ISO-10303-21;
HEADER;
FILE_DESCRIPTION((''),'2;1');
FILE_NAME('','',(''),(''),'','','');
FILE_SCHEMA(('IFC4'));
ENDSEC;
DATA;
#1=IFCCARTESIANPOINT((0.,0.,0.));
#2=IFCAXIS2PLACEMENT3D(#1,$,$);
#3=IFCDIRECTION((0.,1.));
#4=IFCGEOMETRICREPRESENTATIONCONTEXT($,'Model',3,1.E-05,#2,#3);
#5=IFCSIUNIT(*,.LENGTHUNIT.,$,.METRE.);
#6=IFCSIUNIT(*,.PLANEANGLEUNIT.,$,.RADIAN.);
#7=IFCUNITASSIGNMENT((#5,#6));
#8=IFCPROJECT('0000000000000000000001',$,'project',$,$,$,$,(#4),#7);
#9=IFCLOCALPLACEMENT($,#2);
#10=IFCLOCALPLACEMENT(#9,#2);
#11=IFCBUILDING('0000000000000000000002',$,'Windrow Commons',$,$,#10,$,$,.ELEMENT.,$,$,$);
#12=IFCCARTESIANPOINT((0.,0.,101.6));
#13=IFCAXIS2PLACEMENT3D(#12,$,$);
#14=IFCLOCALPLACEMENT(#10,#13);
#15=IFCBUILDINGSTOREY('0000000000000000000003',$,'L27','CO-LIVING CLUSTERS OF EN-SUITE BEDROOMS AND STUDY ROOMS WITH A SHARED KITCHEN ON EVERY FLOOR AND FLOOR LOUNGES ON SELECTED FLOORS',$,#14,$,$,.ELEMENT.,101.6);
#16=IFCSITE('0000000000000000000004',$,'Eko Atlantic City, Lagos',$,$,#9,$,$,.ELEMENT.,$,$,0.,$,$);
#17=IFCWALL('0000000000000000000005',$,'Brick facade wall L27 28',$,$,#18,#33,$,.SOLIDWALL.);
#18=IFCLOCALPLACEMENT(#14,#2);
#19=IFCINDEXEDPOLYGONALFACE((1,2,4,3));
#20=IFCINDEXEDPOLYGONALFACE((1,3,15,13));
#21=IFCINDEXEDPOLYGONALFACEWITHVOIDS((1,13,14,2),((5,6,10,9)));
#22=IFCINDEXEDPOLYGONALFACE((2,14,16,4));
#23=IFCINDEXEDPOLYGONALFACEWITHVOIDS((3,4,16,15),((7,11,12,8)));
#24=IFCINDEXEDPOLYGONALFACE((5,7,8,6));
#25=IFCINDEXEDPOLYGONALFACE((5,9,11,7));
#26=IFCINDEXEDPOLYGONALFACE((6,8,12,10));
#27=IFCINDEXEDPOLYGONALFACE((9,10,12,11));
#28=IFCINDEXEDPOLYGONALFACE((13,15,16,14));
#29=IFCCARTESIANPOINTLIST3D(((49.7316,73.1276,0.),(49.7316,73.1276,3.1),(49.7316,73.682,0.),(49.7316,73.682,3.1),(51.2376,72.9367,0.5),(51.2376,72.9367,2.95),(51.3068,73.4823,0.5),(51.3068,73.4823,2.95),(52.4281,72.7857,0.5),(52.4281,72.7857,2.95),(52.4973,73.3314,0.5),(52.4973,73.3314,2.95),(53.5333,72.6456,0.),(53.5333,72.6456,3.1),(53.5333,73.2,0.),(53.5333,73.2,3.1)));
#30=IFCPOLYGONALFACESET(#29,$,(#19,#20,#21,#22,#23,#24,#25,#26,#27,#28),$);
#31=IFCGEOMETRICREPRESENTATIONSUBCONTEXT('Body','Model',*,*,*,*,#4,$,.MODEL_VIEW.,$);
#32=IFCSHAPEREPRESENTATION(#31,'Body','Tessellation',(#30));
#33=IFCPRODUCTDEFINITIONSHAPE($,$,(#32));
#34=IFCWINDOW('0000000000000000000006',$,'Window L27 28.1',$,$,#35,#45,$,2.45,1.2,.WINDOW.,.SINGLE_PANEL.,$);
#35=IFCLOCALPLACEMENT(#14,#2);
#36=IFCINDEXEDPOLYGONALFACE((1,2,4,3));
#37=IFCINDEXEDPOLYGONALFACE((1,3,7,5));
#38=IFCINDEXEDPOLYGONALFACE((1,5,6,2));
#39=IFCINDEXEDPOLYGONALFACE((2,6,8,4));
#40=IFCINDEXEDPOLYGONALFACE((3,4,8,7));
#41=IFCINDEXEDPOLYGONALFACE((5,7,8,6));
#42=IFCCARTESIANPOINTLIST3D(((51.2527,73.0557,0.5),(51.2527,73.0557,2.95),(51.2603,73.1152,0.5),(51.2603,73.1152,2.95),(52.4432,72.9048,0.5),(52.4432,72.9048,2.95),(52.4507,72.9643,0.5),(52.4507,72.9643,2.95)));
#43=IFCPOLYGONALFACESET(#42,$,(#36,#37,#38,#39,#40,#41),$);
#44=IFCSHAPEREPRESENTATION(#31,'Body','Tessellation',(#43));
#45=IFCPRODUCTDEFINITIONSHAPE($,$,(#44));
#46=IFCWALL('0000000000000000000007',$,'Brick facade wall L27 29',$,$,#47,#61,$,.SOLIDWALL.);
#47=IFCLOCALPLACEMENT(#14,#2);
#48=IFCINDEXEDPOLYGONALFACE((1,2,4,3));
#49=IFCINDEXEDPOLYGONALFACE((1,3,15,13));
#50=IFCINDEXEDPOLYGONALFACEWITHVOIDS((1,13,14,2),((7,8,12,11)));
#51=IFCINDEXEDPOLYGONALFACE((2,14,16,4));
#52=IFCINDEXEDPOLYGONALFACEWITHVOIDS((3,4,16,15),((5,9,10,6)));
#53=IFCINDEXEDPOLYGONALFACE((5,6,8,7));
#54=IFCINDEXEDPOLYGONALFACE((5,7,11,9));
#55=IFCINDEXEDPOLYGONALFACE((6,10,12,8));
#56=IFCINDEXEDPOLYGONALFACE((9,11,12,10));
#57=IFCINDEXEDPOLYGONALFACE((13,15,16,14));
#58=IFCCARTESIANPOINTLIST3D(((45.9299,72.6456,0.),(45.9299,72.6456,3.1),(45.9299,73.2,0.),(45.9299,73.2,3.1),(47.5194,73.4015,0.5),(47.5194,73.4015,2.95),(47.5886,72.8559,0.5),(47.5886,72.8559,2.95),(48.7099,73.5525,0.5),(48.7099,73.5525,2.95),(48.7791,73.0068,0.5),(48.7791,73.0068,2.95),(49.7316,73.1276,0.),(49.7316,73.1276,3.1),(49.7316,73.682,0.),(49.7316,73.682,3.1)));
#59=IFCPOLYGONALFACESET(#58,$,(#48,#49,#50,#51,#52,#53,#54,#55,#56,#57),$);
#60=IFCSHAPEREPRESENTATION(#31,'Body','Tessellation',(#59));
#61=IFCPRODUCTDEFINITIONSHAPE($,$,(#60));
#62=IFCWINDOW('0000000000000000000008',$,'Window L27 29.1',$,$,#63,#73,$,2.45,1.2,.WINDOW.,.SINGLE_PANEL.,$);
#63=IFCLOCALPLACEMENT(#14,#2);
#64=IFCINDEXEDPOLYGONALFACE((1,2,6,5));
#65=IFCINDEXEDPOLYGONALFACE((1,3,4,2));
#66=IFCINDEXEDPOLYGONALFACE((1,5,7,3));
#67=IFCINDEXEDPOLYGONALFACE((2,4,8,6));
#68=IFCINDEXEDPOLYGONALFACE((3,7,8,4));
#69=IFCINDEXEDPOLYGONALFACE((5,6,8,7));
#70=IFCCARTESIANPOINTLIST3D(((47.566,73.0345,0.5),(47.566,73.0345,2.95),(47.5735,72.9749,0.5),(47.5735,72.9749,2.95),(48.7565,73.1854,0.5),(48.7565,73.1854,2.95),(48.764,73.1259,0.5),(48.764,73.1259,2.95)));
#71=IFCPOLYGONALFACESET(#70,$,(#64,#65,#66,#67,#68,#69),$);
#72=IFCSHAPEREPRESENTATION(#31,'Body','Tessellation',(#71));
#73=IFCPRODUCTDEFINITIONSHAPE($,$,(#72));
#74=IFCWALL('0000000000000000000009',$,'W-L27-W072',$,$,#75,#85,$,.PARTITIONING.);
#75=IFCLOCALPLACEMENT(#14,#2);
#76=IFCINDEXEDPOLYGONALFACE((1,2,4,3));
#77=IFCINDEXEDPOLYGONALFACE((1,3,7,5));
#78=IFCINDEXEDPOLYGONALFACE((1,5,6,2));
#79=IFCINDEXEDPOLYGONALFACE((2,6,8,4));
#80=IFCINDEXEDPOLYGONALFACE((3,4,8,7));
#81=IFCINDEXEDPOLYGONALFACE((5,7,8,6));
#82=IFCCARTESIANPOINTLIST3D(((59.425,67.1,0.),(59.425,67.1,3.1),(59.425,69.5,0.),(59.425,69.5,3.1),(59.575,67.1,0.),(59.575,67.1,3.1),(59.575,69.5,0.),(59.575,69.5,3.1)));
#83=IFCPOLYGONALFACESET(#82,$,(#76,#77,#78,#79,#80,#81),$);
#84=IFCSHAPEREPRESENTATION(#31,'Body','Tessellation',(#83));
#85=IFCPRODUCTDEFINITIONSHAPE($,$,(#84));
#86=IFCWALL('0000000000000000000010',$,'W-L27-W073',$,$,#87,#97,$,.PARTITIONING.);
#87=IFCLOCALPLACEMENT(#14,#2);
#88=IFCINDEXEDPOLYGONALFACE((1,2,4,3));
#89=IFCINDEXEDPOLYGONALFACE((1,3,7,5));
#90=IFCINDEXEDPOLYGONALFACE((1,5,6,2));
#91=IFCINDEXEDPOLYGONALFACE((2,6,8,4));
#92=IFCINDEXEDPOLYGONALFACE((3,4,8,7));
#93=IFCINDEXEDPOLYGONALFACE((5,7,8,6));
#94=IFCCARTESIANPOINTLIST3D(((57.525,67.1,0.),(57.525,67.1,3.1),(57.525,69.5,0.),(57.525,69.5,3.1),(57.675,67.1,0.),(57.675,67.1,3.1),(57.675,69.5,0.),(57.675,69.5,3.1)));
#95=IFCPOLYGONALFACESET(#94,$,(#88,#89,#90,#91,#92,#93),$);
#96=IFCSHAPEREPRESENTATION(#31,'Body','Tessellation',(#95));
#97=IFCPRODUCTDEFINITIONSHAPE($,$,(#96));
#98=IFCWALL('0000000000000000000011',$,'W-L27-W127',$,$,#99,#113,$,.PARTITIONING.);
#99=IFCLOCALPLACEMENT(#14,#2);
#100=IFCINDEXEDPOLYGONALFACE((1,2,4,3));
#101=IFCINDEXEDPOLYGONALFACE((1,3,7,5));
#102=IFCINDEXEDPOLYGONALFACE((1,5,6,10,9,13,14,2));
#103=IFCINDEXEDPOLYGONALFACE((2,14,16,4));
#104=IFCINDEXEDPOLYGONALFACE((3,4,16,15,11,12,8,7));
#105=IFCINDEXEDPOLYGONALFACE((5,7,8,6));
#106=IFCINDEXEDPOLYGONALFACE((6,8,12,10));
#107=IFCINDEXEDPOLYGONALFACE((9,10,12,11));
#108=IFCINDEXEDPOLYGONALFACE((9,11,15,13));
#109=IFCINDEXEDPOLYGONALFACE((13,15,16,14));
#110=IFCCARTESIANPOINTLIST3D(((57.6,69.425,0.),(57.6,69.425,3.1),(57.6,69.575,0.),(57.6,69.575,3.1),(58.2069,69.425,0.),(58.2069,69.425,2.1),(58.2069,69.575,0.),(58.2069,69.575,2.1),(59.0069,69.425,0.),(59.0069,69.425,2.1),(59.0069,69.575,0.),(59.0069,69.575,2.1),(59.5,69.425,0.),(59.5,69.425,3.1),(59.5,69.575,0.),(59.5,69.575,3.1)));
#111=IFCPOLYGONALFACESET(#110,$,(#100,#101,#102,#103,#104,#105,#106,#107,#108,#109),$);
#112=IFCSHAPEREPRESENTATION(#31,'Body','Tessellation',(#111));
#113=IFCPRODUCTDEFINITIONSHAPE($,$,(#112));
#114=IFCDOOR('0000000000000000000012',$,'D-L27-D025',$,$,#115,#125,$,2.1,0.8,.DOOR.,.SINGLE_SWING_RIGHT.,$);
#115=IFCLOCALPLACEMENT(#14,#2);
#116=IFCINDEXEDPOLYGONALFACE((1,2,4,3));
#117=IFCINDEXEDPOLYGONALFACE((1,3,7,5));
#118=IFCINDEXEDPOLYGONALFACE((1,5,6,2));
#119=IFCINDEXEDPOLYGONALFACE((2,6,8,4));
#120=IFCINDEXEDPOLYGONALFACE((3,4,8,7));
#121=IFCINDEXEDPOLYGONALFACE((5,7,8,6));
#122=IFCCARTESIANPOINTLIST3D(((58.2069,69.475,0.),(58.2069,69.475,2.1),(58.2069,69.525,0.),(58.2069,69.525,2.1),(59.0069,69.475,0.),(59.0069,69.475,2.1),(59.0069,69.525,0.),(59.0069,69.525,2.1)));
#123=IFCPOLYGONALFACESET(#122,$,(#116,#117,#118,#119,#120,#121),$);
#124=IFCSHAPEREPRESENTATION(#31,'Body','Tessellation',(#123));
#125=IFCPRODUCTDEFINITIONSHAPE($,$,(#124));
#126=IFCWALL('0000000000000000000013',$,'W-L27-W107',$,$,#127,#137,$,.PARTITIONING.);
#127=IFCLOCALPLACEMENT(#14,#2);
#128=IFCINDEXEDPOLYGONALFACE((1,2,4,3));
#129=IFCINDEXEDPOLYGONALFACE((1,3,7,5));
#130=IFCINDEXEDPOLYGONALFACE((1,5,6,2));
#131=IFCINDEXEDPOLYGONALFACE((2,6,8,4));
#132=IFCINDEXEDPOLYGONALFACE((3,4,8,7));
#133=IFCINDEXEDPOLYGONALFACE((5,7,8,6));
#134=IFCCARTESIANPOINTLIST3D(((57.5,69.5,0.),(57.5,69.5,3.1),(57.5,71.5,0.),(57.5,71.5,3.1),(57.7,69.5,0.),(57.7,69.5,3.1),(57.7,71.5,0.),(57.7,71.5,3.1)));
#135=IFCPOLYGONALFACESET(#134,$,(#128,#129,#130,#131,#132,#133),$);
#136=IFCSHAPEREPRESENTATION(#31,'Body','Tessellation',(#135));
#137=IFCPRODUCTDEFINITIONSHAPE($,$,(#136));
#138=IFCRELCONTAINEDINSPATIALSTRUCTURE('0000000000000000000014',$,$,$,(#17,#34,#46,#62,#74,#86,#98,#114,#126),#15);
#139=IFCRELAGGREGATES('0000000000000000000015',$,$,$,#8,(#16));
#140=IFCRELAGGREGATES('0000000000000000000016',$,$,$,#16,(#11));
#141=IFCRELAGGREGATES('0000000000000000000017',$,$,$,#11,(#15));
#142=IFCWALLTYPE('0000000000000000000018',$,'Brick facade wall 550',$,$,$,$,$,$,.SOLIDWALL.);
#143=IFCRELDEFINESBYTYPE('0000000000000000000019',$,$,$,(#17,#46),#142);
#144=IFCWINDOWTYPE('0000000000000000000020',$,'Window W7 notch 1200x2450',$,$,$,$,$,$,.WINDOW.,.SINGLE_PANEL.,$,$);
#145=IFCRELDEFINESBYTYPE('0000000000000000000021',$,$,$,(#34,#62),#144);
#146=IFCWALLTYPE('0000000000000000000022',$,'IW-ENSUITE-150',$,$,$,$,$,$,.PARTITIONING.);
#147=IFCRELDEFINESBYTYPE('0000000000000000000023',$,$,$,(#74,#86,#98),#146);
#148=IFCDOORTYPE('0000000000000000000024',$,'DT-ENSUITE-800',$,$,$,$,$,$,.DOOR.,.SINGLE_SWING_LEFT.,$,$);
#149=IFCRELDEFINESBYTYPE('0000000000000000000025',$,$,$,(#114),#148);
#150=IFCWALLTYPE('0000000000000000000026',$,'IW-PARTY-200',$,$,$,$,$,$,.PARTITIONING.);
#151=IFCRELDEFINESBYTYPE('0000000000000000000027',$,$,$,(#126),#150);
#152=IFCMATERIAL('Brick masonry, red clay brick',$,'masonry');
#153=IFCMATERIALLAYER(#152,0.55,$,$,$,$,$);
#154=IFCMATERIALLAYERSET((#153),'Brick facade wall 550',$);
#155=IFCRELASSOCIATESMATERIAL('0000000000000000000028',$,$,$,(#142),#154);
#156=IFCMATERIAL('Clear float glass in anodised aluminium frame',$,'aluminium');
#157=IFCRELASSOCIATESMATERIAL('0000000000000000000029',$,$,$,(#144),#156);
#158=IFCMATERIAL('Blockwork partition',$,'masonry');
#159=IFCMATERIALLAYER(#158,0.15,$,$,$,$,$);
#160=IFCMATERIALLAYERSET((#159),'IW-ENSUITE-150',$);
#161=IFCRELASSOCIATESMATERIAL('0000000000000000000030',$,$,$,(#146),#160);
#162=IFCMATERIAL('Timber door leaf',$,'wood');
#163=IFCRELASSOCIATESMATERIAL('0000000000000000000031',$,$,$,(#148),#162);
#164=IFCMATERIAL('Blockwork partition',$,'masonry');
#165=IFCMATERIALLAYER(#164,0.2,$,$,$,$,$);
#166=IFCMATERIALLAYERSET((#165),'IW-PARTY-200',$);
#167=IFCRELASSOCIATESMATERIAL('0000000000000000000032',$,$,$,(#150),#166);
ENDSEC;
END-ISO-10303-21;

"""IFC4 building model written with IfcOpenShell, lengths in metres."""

from ifc_helpers import new_model, si_unit, direction, frame, frame_2d, origin, place, context, subcontext, project, spatial, polyline, rectangle, outline, extrude, material, layer, layer_set, type_object, element, fill, save


model = new_model("IFC4")

# Units and contexts
model_context = context("Model", 3, precision=1e-05, world=origin(), true_north=direction((0.0, 1.0)))
body_context = subcontext(model_context, "Body", "Model", "MODEL_VIEW")
ifc_project = project(units=[si_unit("LENGTHUNIT", "METRE"), si_unit("PLANEANGLEUNIT", "RADIAN")], contexts=[model_context])

# Site, building, storey
site_placement = place(None, origin())
site = spatial("IfcSite", under=ifc_project, at=site_placement, Name="Eko Atlantic City, Lagos", CompositionType="ELEMENT", RefElevation=0.0)
building_placement = place(site_placement, origin())
building = spatial("IfcBuilding", under=site, at=building_placement, Name="Windrow Commons", CompositionType="ELEMENT")
storey_placement = place(building_placement, frame((0.0, 0.0, 101.6)))
storey = spatial("IfcBuildingStorey", under=building, at=storey_placement, Name="L27", Description="CO-LIVING CLUSTERS OF EN-SUITE BEDROOMS AND STUDY ROOMS WITH A SHARED KITCHEN ON EVERY FLOOR AND FLOOR LOUNGES ON SELECTED FLOORS", CompositionType="ELEMENT", Elevation=101.6)

# Shared definitions
ifc_material_1 = material(Name="Brick masonry, red clay brick", Category="masonry")
ifc_layer_1 = layer(ifc_material_1, 0.55)
ifc_layer_set_1 = layer_set([ifc_layer_1], Name="Brick facade wall 550")
wall_type_1 = type_object("IfcWallType", Name="Brick facade wall 550", PredefinedType="SOLIDWALL", material=ifc_layer_set_1)

# Walls, openings, windows
wall_1_placement = place(storey_placement, frame((53.5333, 72.9228, 0.0), z_axis=(0.0, 0.0, 1.0), x_axis=(-0.992058, 0.125779, 0.0)))
wall_1 = element("IfcWall", 1, at=wall_1_placement, inside=storey, type_object=wall_type_1, Name="Brick facade wall L27 28", PredefinedType="SOLIDWALL", context=body_context, shape_type="SweptSolid", body=[
    extrude(outline(polyline([(0.0349, -0.275), (3.867, -0.275), (3.7973, 0.275), (-0.0349, 0.275), (0.0349, -0.275)])), origin(), (0.0, 0.0, 1.0), 3.1),
])
opening_1_placement = place(wall_1_placement, frame((1.0792, 0.0, 0.5)))
opening_1 = element("IfcOpeningElement", 2, at=opening_1_placement, cuts=wall_1, PredefinedType="OPENING", context=body_context, shape_type="SweptSolid", body=[
    extrude(rectangle(XDim=1.2, YDim=2.45, at=frame_2d((0.6, 1.225))), frame((0.0, 0.285, 0.0), z_axis=(0.0, -1.0, 0.0), x_axis=(1.0, 0.0, 0.0)), (0.0, 0.0, 1.0), 0.57),
])
ifc_material_2 = material(Name="Clear float glass in anodised aluminium frame", Category="aluminium")
window_type_1 = type_object("IfcWindowType", Name="Window W7 notch 1200x2450", PartitioningType="SINGLE_PANEL", PredefinedType="WINDOW", material=ifc_material_2)
window_1_placement = place(opening_1_placement, origin())
window_1 = element("IfcWindow", 3, at=window_1_placement, inside=storey, type_object=window_type_1, Name="Window L27 28.1", OverallHeight=2.45, OverallWidth=1.2, PartitioningType="SINGLE_PANEL", PredefinedType="WINDOW", context=body_context, shape_type="SweptSolid", body=[
    extrude(rectangle(XDim=1.2, YDim=2.45, at=frame_2d((0.6, 1.225))), frame((0.0, 0.155, 0.0), z_axis=(0.0, -1.0, 0.0), x_axis=(1.0, 0.0, 0.0)), (0.0, 0.0, 1.0), 0.06),
])
fill(opening_1, window_1)
wall_2_placement = place(storey_placement, frame((49.7316, 73.4048, 0.0), z_axis=(0.0, 0.0, 1.0), x_axis=(-0.992058, -0.125779, 0.0)))
wall_2 = element("IfcWall", 4, at=wall_2_placement, inside=storey, type_object=wall_type_1, Name="Brick facade wall L27 29", PredefinedType="SOLIDWALL", context=body_context, shape_type="SweptSolid", body=[
    extrude(outline(polyline([(-0.0349, -0.275), (3.7973, -0.275), (3.867, 0.275), (0.0349, 0.275), (-0.0349, -0.275)])), origin(), (0.0, 0.0, 1.0), 3.1),
])
opening_2_placement = place(wall_2_placement, frame((0.995, 0.0, 0.5)))
opening_2 = element("IfcOpeningElement", 5, at=opening_2_placement, cuts=wall_2, PredefinedType="OPENING", context=body_context, shape_type="SweptSolid", body=[
    extrude(rectangle(XDim=1.2, YDim=2.45, at=frame_2d((0.6, 1.225))), frame((0.0, 0.285, 0.0), z_axis=(0.0, -1.0, 0.0), x_axis=(1.0, 0.0, 0.0)), (0.0, 0.0, 1.0), 0.57),
])
window_2_placement = place(opening_2_placement, origin())
window_2 = element("IfcWindow", 6, at=window_2_placement, inside=storey, type_object=window_type_1, Name="Window L27 29.1", OverallHeight=2.45, OverallWidth=1.2, PartitioningType="SINGLE_PANEL", PredefinedType="WINDOW", context=body_context, shape_type="SweptSolid", body=[
    extrude(rectangle(XDim=1.2, YDim=2.45, at=frame_2d((0.6, 1.225))), frame((0.0, 0.155, 0.0), z_axis=(0.0, -1.0, 0.0), x_axis=(1.0, 0.0, 0.0)), (0.0, 0.0, 1.0), 0.06),
])
fill(opening_2, window_2)

# Walls
ifc_material_3 = material(Name="Blockwork partition", Category="masonry")
ifc_layer_2 = layer(ifc_material_3, 0.15)
ifc_layer_set_2 = layer_set([ifc_layer_2], Name="IW-ENSUITE-150")
wall_type_2 = type_object("IfcWallType", Name="IW-ENSUITE-150", PredefinedType="PARTITIONING", material=ifc_layer_set_2)
for number, where, z_axis, x_axis, name in (
    (7, (59.5, 67.1, 0.0), (0.0, 0.0, 1.0), (0.0, 1.0, 0.0), "W-L27-W072"),
    (8, (57.6, 67.1, 0.0), (0.0, 0.0, 1.0), (0.0, 1.0, 0.0), "W-L27-W073"),
):
    element("IfcWall", number, at=place(storey_placement, frame(where, z_axis=z_axis, x_axis=x_axis)), inside=storey, type_object=wall_type_2, Name=name, PredefinedType="PARTITIONING", context=body_context, shape_type="SweptSolid", body=[
        extrude(rectangle(XDim=2.4, YDim=0.15, at=frame_2d((1.2, 0.0))), origin(), (0.0, 0.0, 1.0), 3.1),
    ])

# Wall, opening, door
wall_3_placement = place(storey_placement, frame((57.6, 69.5, 0.0), z_axis=(0.0, 0.0, 1.0), x_axis=(1.0, 0.0, 0.0)))
wall_3 = element("IfcWall", 9, at=wall_3_placement, inside=storey, type_object=wall_type_2, Name="W-L27-W127", PredefinedType="PARTITIONING", context=body_context, shape_type="SweptSolid", body=[
    extrude(rectangle(XDim=1.9, YDim=0.15, at=frame_2d((0.95, 0.0))), origin(), (0.0, 0.0, 1.0), 3.1),
])
opening_3_placement = place(wall_3_placement, frame((0.6069, 0.0, 0.0)))
opening_3 = element("IfcOpeningElement", 10, at=opening_3_placement, cuts=wall_3, PredefinedType="OPENING", context=body_context, shape_type="SweptSolid", body=[
    extrude(rectangle(XDim=0.8, YDim=2.1, at=frame_2d((0.4, 1.05))), frame((0.0, 0.085, 0.0), z_axis=(0.0, -1.0, 0.0), x_axis=(1.0, 0.0, 0.0)), (0.0, 0.0, 1.0), 0.17),
])
ifc_material_4 = material(Name="Timber door leaf", Category="wood")
door_type = type_object("IfcDoorType", Name="DT-ENSUITE-800", OperationType="SINGLE_SWING_LEFT", PredefinedType="DOOR", material=ifc_material_4)
door_placement = place(opening_3_placement, origin())
door = element("IfcDoor", 11, at=door_placement, inside=storey, type_object=door_type, Name="D-L27-D025", OperationType="SINGLE_SWING_RIGHT", OverallHeight=2.1, OverallWidth=0.8, PredefinedType="DOOR", context=body_context, shape_type="SweptSolid", body=[
    extrude(rectangle(XDim=0.8, YDim=2.1, at=frame_2d((0.4, 1.05))), frame((0.0, 0.025, 0.0), z_axis=(0.0, -1.0, 0.0), x_axis=(1.0, 0.0, 0.0)), (0.0, 0.0, 1.0), 0.05),
])
fill(opening_3, door)

# Wall
ifc_material_5 = material(Name="Blockwork partition", Category="masonry")
ifc_layer_3 = layer(ifc_material_5, 0.2)
ifc_layer_set_3 = layer_set([ifc_layer_3], Name="IW-PARTY-200")
wall_type_3 = type_object("IfcWallType", Name="IW-PARTY-200", PredefinedType="PARTITIONING", material=ifc_layer_set_3)
wall_4_placement = place(storey_placement, frame((57.6, 69.5, 0.0), z_axis=(0.0, 0.0, 1.0), x_axis=(0.0, 1.0, 0.0)))
element("IfcWall", 12, at=wall_4_placement, inside=storey, type_object=wall_type_3, Name="W-L27-W107", PredefinedType="PARTITIONING", context=body_context, shape_type="SweptSolid", body=[
    extrude(rectangle(XDim=2.0, YDim=0.2, at=frame_2d((1.0, 0.0))), origin(), (0.0, 0.0, 1.0), 3.1),
])

save(model, "model.ifc")
